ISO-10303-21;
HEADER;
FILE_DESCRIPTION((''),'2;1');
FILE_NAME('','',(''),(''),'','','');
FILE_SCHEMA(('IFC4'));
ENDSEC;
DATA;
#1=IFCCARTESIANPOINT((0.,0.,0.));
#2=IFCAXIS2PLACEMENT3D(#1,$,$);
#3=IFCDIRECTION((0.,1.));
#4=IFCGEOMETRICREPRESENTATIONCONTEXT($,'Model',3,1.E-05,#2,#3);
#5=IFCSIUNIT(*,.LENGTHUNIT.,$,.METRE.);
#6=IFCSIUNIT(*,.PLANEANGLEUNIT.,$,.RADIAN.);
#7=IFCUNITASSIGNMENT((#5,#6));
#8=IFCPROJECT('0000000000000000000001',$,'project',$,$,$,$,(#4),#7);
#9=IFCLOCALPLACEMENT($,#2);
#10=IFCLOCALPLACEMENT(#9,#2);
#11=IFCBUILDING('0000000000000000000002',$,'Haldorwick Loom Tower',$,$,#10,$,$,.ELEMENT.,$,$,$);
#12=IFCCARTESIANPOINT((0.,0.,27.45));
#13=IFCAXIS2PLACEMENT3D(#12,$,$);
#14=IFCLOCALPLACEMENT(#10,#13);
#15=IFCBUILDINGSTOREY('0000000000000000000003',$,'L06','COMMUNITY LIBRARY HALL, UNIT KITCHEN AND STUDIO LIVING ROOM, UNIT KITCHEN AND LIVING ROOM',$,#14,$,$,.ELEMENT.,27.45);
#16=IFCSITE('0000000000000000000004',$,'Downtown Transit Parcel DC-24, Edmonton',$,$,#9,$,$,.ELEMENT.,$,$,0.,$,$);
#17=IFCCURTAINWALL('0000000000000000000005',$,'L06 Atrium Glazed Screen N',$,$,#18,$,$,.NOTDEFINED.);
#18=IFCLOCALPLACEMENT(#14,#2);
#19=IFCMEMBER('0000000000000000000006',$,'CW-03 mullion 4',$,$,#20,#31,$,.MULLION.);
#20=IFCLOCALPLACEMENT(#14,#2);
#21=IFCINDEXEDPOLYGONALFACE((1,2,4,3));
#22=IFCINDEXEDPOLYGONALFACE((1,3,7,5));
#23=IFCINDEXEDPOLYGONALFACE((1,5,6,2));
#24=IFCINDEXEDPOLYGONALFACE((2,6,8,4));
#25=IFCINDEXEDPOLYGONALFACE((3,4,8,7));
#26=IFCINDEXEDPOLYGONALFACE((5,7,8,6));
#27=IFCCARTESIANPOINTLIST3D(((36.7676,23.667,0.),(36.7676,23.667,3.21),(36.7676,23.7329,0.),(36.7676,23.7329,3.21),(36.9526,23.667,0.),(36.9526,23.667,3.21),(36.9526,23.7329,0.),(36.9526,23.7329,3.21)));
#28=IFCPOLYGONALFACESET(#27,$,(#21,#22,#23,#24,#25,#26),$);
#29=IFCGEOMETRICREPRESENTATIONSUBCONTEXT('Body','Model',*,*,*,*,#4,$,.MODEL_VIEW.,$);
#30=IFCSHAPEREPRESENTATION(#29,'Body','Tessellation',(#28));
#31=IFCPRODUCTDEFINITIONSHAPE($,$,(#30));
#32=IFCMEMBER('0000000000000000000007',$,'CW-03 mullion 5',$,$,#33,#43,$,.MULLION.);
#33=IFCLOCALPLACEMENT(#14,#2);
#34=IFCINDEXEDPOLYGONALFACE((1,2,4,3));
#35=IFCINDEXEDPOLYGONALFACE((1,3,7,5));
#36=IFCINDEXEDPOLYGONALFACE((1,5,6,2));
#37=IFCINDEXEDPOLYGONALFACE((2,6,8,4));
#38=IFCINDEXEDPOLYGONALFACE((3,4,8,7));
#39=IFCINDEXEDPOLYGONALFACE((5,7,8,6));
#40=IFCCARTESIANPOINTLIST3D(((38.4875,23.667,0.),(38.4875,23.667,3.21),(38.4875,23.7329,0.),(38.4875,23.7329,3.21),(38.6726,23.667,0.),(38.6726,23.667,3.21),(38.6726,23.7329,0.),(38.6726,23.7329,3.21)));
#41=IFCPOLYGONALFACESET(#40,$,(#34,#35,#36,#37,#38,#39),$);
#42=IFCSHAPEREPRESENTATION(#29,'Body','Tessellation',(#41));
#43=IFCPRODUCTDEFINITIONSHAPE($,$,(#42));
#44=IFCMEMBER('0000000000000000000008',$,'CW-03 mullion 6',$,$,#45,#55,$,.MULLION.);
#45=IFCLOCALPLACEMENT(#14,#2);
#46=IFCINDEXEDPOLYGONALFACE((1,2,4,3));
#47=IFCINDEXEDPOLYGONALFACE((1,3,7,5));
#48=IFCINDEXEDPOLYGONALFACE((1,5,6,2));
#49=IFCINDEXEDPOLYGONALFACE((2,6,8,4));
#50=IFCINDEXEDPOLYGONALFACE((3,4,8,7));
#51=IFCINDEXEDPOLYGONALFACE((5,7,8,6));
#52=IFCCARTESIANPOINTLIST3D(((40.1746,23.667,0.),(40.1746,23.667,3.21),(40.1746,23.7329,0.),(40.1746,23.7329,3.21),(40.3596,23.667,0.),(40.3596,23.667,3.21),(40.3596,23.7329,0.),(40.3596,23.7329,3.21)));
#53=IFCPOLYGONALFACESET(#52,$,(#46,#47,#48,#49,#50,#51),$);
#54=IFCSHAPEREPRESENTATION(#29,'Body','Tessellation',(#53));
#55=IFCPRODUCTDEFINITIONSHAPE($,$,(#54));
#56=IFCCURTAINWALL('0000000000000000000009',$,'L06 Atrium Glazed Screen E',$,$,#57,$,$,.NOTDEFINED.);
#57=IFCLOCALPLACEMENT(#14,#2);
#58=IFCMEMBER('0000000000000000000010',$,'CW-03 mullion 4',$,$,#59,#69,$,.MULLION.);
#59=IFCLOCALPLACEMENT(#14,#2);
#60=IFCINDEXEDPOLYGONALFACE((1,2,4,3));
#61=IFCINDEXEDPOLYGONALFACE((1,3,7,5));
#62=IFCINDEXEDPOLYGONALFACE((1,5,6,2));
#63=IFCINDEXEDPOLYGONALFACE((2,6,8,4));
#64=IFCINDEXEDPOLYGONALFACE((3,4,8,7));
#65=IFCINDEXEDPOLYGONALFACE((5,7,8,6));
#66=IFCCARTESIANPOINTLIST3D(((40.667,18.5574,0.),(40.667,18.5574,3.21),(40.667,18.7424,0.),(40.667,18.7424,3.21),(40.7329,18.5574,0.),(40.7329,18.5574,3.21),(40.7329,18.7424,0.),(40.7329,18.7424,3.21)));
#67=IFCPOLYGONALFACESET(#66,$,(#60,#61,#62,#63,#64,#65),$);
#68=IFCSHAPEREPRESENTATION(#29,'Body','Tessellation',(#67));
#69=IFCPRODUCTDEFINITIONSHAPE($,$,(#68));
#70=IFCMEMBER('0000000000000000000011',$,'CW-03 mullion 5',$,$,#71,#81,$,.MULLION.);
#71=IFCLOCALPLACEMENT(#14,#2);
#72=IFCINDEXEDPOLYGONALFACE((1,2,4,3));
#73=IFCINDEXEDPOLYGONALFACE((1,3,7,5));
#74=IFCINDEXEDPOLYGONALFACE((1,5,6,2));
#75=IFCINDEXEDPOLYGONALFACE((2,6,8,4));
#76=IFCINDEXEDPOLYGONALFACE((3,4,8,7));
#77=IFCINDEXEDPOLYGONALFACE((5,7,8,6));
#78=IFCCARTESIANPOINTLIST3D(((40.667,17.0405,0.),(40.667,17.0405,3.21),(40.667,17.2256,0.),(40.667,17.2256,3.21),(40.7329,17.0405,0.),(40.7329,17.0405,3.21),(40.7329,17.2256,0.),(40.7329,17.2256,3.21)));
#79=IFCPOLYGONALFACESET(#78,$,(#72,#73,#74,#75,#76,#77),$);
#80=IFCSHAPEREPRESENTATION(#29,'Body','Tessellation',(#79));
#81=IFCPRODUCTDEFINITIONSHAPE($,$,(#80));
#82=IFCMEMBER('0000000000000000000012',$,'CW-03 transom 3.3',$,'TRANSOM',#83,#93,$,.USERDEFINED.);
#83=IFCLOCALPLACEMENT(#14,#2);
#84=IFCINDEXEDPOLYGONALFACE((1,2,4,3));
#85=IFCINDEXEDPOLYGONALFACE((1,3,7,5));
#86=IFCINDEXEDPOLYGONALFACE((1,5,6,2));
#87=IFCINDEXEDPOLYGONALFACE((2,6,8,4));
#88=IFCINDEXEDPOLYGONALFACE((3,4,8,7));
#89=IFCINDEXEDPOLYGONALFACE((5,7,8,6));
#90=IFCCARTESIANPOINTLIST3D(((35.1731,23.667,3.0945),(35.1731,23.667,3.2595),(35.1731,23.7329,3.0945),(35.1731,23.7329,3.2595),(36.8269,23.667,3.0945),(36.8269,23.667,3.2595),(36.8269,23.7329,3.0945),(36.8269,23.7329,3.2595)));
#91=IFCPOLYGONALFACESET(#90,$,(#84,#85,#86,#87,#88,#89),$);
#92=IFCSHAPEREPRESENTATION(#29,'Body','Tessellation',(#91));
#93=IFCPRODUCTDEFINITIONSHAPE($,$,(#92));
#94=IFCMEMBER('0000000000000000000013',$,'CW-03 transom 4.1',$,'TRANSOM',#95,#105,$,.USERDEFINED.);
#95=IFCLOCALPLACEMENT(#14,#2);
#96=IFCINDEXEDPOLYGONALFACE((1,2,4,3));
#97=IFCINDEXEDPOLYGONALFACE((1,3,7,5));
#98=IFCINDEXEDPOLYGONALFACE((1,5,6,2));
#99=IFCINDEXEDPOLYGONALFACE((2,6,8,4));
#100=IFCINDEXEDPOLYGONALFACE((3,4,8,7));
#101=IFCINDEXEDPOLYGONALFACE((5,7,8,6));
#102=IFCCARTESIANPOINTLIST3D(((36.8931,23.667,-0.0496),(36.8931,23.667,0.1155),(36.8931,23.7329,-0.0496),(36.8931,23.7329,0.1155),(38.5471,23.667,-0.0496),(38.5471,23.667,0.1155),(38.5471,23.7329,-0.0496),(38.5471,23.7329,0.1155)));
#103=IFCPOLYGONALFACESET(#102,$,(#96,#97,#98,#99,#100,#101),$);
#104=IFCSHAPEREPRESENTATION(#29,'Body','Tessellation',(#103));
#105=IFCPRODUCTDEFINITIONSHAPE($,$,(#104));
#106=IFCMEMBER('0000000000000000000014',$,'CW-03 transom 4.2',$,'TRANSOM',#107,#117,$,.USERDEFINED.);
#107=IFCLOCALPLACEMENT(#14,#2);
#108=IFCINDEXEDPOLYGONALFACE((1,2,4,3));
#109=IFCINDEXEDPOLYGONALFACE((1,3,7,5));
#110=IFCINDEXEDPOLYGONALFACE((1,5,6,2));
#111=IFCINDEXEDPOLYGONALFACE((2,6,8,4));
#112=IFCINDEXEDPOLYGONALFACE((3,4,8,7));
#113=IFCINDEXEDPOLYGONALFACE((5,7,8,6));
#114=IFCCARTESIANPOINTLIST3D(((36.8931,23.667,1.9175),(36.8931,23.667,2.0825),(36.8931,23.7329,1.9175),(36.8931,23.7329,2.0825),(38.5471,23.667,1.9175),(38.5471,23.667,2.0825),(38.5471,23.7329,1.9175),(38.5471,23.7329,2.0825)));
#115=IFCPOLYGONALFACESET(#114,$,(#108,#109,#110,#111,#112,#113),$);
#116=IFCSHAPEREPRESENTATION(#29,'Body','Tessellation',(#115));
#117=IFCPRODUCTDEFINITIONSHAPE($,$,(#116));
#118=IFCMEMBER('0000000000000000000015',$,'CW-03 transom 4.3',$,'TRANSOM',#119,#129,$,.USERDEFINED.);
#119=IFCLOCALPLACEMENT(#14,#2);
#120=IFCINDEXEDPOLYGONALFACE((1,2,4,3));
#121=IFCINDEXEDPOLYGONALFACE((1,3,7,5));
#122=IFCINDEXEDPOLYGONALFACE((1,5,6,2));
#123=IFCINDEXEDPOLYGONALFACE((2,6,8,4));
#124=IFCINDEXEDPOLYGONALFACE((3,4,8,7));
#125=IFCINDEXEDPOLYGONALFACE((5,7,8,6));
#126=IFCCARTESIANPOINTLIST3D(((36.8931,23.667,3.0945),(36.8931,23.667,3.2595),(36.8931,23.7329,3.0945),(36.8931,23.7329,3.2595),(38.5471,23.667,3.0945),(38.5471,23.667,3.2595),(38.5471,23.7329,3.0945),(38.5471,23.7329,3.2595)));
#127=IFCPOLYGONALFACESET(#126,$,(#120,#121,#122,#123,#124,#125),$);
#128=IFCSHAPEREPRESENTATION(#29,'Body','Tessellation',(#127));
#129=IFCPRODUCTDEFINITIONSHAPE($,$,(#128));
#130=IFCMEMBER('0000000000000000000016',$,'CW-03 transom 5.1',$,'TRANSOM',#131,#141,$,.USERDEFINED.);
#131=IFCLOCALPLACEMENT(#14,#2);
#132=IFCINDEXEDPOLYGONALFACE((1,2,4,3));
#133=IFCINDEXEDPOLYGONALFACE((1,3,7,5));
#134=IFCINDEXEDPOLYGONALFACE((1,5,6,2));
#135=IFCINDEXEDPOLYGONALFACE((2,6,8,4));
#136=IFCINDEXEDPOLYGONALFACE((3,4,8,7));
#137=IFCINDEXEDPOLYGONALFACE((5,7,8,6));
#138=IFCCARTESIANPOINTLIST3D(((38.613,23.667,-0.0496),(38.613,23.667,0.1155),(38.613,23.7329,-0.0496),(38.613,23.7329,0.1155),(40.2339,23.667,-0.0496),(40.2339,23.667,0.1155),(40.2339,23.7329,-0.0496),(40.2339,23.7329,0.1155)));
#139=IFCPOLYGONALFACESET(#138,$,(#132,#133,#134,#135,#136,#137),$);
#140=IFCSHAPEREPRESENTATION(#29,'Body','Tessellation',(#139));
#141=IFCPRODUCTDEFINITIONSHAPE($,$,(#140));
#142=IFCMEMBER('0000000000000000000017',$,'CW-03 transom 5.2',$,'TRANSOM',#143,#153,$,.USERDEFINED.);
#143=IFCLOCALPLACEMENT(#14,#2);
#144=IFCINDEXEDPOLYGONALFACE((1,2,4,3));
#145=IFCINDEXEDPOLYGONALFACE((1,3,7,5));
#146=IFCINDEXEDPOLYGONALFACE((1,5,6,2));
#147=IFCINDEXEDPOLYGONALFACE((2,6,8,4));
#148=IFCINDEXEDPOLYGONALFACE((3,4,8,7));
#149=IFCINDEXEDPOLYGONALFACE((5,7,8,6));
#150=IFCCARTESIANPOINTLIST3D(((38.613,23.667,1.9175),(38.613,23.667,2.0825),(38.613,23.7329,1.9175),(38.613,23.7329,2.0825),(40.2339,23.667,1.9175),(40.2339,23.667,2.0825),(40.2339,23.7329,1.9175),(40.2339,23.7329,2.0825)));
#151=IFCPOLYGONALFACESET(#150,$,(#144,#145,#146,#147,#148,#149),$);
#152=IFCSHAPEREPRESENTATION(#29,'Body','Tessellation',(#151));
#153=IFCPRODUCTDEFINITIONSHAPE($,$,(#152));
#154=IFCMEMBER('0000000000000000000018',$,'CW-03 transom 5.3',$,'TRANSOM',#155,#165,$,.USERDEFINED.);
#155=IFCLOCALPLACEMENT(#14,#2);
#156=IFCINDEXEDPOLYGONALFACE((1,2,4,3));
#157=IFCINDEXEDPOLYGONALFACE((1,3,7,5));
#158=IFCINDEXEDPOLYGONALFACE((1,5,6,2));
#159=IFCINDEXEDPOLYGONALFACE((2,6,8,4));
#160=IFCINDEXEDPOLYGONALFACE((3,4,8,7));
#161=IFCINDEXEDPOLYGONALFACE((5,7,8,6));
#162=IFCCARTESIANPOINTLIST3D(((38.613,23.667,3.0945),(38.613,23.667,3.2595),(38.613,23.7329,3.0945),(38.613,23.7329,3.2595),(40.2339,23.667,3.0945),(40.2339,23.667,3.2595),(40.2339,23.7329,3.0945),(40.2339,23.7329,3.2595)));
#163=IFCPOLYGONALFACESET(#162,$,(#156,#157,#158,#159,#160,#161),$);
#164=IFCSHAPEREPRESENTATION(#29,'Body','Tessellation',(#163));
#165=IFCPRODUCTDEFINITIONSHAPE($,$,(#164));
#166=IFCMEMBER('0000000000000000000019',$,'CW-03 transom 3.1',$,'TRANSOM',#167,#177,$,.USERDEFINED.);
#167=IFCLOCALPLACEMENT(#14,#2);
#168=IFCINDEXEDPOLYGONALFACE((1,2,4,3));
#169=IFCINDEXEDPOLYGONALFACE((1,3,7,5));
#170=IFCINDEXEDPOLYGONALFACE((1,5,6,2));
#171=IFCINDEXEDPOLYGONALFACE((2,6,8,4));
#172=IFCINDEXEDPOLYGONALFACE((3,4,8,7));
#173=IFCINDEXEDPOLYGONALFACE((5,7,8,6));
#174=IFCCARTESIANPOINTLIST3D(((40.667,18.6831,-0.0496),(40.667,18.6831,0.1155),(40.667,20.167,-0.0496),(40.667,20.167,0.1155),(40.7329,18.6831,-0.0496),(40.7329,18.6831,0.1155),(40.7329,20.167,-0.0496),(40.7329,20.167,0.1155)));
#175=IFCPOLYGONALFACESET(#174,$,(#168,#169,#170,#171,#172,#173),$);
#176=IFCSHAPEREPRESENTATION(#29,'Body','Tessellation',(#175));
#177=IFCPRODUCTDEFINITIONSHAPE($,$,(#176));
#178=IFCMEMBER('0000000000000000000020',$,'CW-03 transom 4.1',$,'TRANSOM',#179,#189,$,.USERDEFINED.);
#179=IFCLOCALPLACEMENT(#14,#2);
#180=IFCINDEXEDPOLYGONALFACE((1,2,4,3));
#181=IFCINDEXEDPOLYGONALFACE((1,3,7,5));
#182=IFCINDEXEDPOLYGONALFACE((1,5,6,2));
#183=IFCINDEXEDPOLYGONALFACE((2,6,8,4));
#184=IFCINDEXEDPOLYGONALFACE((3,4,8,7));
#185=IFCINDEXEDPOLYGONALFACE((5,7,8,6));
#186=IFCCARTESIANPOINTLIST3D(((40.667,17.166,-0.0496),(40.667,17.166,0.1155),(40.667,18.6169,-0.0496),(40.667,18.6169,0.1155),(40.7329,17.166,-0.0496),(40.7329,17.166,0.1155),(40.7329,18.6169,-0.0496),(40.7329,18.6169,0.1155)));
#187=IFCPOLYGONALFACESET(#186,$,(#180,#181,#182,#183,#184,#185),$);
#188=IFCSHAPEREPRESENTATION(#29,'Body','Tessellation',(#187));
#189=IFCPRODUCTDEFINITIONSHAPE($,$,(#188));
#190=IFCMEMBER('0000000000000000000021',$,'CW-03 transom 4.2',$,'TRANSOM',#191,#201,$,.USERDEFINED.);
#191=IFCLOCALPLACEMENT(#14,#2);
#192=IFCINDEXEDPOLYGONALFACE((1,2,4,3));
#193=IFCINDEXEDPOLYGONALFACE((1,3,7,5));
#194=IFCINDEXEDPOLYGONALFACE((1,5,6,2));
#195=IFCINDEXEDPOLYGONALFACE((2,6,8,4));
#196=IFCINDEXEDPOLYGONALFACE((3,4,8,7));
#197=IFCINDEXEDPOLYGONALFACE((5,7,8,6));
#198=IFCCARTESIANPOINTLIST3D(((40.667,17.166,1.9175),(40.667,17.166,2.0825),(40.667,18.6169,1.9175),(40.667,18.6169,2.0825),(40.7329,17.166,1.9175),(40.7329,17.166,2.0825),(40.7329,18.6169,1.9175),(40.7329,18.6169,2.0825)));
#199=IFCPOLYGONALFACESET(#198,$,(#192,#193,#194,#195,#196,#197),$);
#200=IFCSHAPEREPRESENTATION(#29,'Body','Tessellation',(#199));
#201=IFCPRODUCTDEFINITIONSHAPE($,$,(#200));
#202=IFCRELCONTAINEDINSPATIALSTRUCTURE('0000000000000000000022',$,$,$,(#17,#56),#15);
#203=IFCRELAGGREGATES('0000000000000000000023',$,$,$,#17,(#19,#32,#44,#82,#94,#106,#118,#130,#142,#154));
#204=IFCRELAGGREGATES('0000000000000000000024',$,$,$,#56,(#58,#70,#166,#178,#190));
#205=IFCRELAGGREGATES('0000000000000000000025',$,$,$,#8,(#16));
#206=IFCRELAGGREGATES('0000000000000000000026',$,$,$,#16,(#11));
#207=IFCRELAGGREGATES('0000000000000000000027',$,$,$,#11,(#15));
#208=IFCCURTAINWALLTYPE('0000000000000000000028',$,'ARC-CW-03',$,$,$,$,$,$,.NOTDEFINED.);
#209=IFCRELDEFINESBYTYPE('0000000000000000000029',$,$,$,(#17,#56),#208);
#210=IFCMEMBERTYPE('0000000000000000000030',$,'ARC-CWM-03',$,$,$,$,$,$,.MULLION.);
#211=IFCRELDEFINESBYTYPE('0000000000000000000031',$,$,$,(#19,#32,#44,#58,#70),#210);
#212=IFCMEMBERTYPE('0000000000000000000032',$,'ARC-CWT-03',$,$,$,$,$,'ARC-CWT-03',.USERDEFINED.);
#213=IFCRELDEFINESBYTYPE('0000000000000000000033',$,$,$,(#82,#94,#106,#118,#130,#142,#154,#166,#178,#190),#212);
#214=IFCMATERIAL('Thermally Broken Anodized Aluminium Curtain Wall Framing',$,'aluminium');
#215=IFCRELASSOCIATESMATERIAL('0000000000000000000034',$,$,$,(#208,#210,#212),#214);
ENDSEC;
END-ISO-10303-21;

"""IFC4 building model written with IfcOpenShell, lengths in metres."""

from ifc_helpers import new_model, si_unit, direction, frame, origin, origin_2d, place, context, subcontext, project, spatial, rectangle, extrude, material, material_profile, profile_set, type_object, element, aggregate, save


model = new_model("IFC4")

# Units and contexts
model_context = context("Model", 3, precision=1e-05, world=origin(), true_north=direction((0.0, 1.0)))
body_context = subcontext(model_context, "Body", "Model", "MODEL_VIEW")
ifc_project = project(units=[si_unit("LENGTHUNIT", "METRE"), si_unit("PLANEANGLEUNIT", "RADIAN")], contexts=[model_context])

# Site, building, storey
site_placement = place(None, origin())
site = spatial("IfcSite", under=ifc_project, at=site_placement, Name="Downtown Transit Parcel DC-24, Edmonton", CompositionType="ELEMENT", RefElevation=0.0)
building_placement = place(site_placement, origin())
building = spatial("IfcBuilding", under=site, at=building_placement, Name="Haldorwick Loom Tower", CompositionType="ELEMENT")
storey_placement = place(building_placement, frame((0.0, 0.0, 27.45)))
storey = spatial("IfcBuildingStorey", under=building, at=storey_placement, Name="L06", Description="COMMUNITY LIBRARY HALL, UNIT KITCHEN AND STUDIO LIVING ROOM, UNIT KITCHEN AND LIVING ROOM", CompositionType="ELEMENT", Elevation=27.45)

# Curtain walls, members
ifc_material_1 = material(Name="Thermally Broken Anodized Aluminium Curtain Wall Framing", Category="aluminium")
curtain_wall_type = type_object("IfcCurtainWallType", Name="ARC-CW-03", PredefinedType="NOTDEFINED", material=ifc_material_1)
curtain_wall_1_placement = place(storey_placement, origin())
curtain_wall_1 = element("IfcCurtainWall", 1, at=curtain_wall_1_placement, inside=storey, type_object=curtain_wall_type, Name="L06 Atrium Glazed Screen N", PredefinedType="NOTDEFINED")
ifc_material_profile_1 = material_profile(ifc_material_1, rectangle(XDim=0.0659, YDim=0.1851, at=origin_2d()), Name="ALU_MUL_66X185", Category="aluminium")
ifc_profile_set_1 = profile_set([ifc_material_profile_1], Name="Thermally Broken Anodized Aluminium Curtain Wall Framing")
member_type_1 = type_object("IfcMemberType", Name="ARC-CWM-03", PredefinedType="MULLION", material=ifc_profile_set_1)
member_1_placement = place(storey_placement, frame((36.8601, 23.7, 0.0), z_axis=(0.0, 0.0, 1.0), x_axis=(0.0, 1.0, 0.0)))
member_1 = element("IfcMember", 2, at=member_1_placement, type_object=member_type_1, Name="CW-03 mullion 4", PredefinedType="MULLION", context=body_context, shape_type="SweptSolid", body=[
    extrude(rectangle(XDim=0.0659, YDim=0.1851, at=origin_2d()), origin(), (0.0, 0.0, 1.0), 3.21),
])
member_2_placement = place(storey_placement, frame((38.5801, 23.7, 0.0), z_axis=(0.0, 0.0, 1.0), x_axis=(0.0, 1.0, 0.0)))
member_2 = element("IfcMember", 3, at=member_2_placement, type_object=member_type_1, Name="CW-03 mullion 5", PredefinedType="MULLION", context=body_context, shape_type="SweptSolid", body=[
    extrude(rectangle(XDim=0.0659, YDim=0.1851, at=origin_2d()), origin(), (0.0, 0.0, 1.0), 3.21),
])
member_3_placement = place(storey_placement, frame((40.2671, 23.7, 0.0), z_axis=(0.0, 0.0, 1.0), x_axis=(0.0, 1.0, 0.0)))
member_3 = element("IfcMember", 4, at=member_3_placement, type_object=member_type_1, Name="CW-03 mullion 6", PredefinedType="MULLION", context=body_context, shape_type="SweptSolid", body=[
    extrude(rectangle(XDim=0.0659, YDim=0.1851, at=origin_2d()), origin(), (0.0, 0.0, 1.0), 3.21),
])
curtain_wall_2_placement = place(storey_placement, origin())
curtain_wall_2 = element("IfcCurtainWall", 5, at=curtain_wall_2_placement, inside=storey, type_object=curtain_wall_type, Name="L06 Atrium Glazed Screen E", PredefinedType="NOTDEFINED")
member_4_placement = place(storey_placement, frame((40.7, 18.6499, 0.0), z_axis=(0.0, 0.0, 1.0), x_axis=(1.0, 0.0, 0.0)))
member_4 = element("IfcMember", 6, at=member_4_placement, type_object=member_type_1, Name="CW-03 mullion 4", PredefinedType="MULLION", context=body_context, shape_type="SweptSolid", body=[
    extrude(rectangle(XDim=0.0659, YDim=0.1851, at=origin_2d()), origin(), (0.0, 0.0, 1.0), 3.21),
])
member_5_placement = place(storey_placement, frame((40.7, 17.1331, 0.0), z_axis=(0.0, 0.0, 1.0), x_axis=(1.0, 0.0, 0.0)))
member_5 = element("IfcMember", 7, at=member_5_placement, type_object=member_type_1, Name="CW-03 mullion 5", PredefinedType="MULLION", context=body_context, shape_type="SweptSolid", body=[
    extrude(rectangle(XDim=0.0659, YDim=0.1851, at=origin_2d()), origin(), (0.0, 0.0, 1.0), 3.21),
])

# Members
ifc_material_profile_2 = material_profile(ifc_material_1, rectangle(XDim=0.0659, YDim=0.165, at=origin_2d()), Name="ALU_TRN_66X165", Category="aluminium")
ifc_profile_set_2 = profile_set([ifc_material_profile_2], Name="Thermally Broken Anodized Aluminium Curtain Wall Framing")
member_type_2 = type_object("IfcMemberType", Name="ARC-CWT-03", ElementType="ARC-CWT-03", PredefinedType="USERDEFINED", material=ifc_profile_set_2)
member_6_placement = place(storey_placement, frame((35.1731, 23.7, 3.177), z_axis=(1.0, 0.0, 0.0), x_axis=(0.0, 1.0, 0.0)))
member_6 = element("IfcMember", 8, at=member_6_placement, type_object=member_type_2, Name="CW-03 transom 3.3", ObjectType="TRANSOM", PredefinedType="USERDEFINED", context=body_context, shape_type="SweptSolid", body=[
    extrude(rectangle(XDim=0.0659, YDim=0.165, at=origin_2d()), origin(), (0.0, 0.0, 1.0), 1.6538),
])
member_7_placement = place(storey_placement, frame((36.8931, 23.7, 0.033), z_axis=(1.0, 0.0, 0.0), x_axis=(0.0, 1.0, 0.0)))
member_7 = element("IfcMember", 9, at=member_7_placement, type_object=member_type_2, Name="CW-03 transom 4.1", ObjectType="TRANSOM", PredefinedType="USERDEFINED", context=body_context, shape_type="SweptSolid", body=[
    extrude(rectangle(XDim=0.0659, YDim=0.165, at=origin_2d()), origin(), (0.0, 0.0, 1.0), 1.6541),
])
member_8_placement = place(storey_placement, frame((36.8931, 23.7, 2.0), z_axis=(1.0, 0.0, 0.0), x_axis=(0.0, 1.0, 0.0)))
member_8 = element("IfcMember", 10, at=member_8_placement, type_object=member_type_2, Name="CW-03 transom 4.2", ObjectType="TRANSOM", PredefinedType="USERDEFINED", context=body_context, shape_type="SweptSolid", body=[
    extrude(rectangle(XDim=0.0659, YDim=0.165, at=origin_2d()), origin(), (0.0, 0.0, 1.0), 1.6541),
])
member_9_placement = place(storey_placement, frame((36.8931, 23.7, 3.177), z_axis=(1.0, 0.0, 0.0), x_axis=(0.0, 1.0, 0.0)))
member_9 = element("IfcMember", 11, at=member_9_placement, type_object=member_type_2, Name="CW-03 transom 4.3", ObjectType="TRANSOM", PredefinedType="USERDEFINED", context=body_context, shape_type="SweptSolid", body=[
    extrude(rectangle(XDim=0.0659, YDim=0.165, at=origin_2d()), origin(), (0.0, 0.0, 1.0), 1.6541),
])
member_10_placement = place(storey_placement, frame((38.613, 23.7, 0.033), z_axis=(1.0, 0.0, 0.0), x_axis=(0.0, 1.0, 0.0)))
member_10 = element("IfcMember", 12, at=member_10_placement, type_object=member_type_2, Name="CW-03 transom 5.1", ObjectType="TRANSOM", PredefinedType="USERDEFINED", context=body_context, shape_type="SweptSolid", body=[
    extrude(rectangle(XDim=0.0659, YDim=0.165, at=origin_2d()), origin(), (0.0, 0.0, 1.0), 1.6208),
])
member_11_placement = place(storey_placement, frame((38.613, 23.7, 2.0), z_axis=(1.0, 0.0, 0.0), x_axis=(0.0, 1.0, 0.0)))
member_11 = element("IfcMember", 13, at=member_11_placement, type_object=member_type_2, Name="CW-03 transom 5.2", ObjectType="TRANSOM", PredefinedType="USERDEFINED", context=body_context, shape_type="SweptSolid", body=[
    extrude(rectangle(XDim=0.0659, YDim=0.165, at=origin_2d()), origin(), (0.0, 0.0, 1.0), 1.6208),
])
member_12_placement = place(storey_placement, frame((38.613, 23.7, 3.177), z_axis=(1.0, 0.0, 0.0), x_axis=(0.0, 1.0, 0.0)))
member_12 = element("IfcMember", 14, at=member_12_placement, type_object=member_type_2, Name="CW-03 transom 5.3", ObjectType="TRANSOM", PredefinedType="USERDEFINED", context=body_context, shape_type="SweptSolid", body=[
    extrude(rectangle(XDim=0.0659, YDim=0.165, at=origin_2d()), origin(), (0.0, 0.0, 1.0), 1.6208),
])
member_13_placement = place(storey_placement, frame((40.7, 20.167, 0.033), z_axis=(0.0, -1.0, 0.0), x_axis=(1.0, 0.0, 0.0)))
member_13 = element("IfcMember", 15, at=member_13_placement, type_object=member_type_2, Name="CW-03 transom 3.1", ObjectType="TRANSOM", PredefinedType="USERDEFINED", context=body_context, shape_type="SweptSolid", body=[
    extrude(rectangle(XDim=0.0659, YDim=0.165, at=origin_2d()), origin(), (0.0, 0.0, 1.0), 1.4839),
])
member_14_placement = place(storey_placement, frame((40.7, 18.6169, 0.033), z_axis=(0.0, -1.0, 0.0), x_axis=(1.0, 0.0, 0.0)))
member_14 = element("IfcMember", 16, at=member_14_placement, type_object=member_type_2, Name="CW-03 transom 4.1", ObjectType="TRANSOM", PredefinedType="USERDEFINED", context=body_context, shape_type="SweptSolid", body=[
    extrude(rectangle(XDim=0.0659, YDim=0.165, at=origin_2d()), origin(), (0.0, 0.0, 1.0), 1.4509),
])
member_15_placement = place(storey_placement, frame((40.7, 18.6169, 2.0), z_axis=(0.0, -1.0, 0.0), x_axis=(1.0, 0.0, 0.0)))
member_15 = element("IfcMember", 17, at=member_15_placement, type_object=member_type_2, Name="CW-03 transom 4.2", ObjectType="TRANSOM", PredefinedType="USERDEFINED", context=body_context, shape_type="SweptSolid", body=[
    extrude(rectangle(XDim=0.0659, YDim=0.165, at=origin_2d()), origin(), (0.0, 0.0, 1.0), 1.4509),
])

aggregate(curtain_wall_1, [member_1, member_2, member_3, member_6, member_7, member_8, member_9, member_10, member_11, member_12])
aggregate(curtain_wall_2, [member_4, member_5, member_13, member_14, member_15])

save(model, "model.ifc")
